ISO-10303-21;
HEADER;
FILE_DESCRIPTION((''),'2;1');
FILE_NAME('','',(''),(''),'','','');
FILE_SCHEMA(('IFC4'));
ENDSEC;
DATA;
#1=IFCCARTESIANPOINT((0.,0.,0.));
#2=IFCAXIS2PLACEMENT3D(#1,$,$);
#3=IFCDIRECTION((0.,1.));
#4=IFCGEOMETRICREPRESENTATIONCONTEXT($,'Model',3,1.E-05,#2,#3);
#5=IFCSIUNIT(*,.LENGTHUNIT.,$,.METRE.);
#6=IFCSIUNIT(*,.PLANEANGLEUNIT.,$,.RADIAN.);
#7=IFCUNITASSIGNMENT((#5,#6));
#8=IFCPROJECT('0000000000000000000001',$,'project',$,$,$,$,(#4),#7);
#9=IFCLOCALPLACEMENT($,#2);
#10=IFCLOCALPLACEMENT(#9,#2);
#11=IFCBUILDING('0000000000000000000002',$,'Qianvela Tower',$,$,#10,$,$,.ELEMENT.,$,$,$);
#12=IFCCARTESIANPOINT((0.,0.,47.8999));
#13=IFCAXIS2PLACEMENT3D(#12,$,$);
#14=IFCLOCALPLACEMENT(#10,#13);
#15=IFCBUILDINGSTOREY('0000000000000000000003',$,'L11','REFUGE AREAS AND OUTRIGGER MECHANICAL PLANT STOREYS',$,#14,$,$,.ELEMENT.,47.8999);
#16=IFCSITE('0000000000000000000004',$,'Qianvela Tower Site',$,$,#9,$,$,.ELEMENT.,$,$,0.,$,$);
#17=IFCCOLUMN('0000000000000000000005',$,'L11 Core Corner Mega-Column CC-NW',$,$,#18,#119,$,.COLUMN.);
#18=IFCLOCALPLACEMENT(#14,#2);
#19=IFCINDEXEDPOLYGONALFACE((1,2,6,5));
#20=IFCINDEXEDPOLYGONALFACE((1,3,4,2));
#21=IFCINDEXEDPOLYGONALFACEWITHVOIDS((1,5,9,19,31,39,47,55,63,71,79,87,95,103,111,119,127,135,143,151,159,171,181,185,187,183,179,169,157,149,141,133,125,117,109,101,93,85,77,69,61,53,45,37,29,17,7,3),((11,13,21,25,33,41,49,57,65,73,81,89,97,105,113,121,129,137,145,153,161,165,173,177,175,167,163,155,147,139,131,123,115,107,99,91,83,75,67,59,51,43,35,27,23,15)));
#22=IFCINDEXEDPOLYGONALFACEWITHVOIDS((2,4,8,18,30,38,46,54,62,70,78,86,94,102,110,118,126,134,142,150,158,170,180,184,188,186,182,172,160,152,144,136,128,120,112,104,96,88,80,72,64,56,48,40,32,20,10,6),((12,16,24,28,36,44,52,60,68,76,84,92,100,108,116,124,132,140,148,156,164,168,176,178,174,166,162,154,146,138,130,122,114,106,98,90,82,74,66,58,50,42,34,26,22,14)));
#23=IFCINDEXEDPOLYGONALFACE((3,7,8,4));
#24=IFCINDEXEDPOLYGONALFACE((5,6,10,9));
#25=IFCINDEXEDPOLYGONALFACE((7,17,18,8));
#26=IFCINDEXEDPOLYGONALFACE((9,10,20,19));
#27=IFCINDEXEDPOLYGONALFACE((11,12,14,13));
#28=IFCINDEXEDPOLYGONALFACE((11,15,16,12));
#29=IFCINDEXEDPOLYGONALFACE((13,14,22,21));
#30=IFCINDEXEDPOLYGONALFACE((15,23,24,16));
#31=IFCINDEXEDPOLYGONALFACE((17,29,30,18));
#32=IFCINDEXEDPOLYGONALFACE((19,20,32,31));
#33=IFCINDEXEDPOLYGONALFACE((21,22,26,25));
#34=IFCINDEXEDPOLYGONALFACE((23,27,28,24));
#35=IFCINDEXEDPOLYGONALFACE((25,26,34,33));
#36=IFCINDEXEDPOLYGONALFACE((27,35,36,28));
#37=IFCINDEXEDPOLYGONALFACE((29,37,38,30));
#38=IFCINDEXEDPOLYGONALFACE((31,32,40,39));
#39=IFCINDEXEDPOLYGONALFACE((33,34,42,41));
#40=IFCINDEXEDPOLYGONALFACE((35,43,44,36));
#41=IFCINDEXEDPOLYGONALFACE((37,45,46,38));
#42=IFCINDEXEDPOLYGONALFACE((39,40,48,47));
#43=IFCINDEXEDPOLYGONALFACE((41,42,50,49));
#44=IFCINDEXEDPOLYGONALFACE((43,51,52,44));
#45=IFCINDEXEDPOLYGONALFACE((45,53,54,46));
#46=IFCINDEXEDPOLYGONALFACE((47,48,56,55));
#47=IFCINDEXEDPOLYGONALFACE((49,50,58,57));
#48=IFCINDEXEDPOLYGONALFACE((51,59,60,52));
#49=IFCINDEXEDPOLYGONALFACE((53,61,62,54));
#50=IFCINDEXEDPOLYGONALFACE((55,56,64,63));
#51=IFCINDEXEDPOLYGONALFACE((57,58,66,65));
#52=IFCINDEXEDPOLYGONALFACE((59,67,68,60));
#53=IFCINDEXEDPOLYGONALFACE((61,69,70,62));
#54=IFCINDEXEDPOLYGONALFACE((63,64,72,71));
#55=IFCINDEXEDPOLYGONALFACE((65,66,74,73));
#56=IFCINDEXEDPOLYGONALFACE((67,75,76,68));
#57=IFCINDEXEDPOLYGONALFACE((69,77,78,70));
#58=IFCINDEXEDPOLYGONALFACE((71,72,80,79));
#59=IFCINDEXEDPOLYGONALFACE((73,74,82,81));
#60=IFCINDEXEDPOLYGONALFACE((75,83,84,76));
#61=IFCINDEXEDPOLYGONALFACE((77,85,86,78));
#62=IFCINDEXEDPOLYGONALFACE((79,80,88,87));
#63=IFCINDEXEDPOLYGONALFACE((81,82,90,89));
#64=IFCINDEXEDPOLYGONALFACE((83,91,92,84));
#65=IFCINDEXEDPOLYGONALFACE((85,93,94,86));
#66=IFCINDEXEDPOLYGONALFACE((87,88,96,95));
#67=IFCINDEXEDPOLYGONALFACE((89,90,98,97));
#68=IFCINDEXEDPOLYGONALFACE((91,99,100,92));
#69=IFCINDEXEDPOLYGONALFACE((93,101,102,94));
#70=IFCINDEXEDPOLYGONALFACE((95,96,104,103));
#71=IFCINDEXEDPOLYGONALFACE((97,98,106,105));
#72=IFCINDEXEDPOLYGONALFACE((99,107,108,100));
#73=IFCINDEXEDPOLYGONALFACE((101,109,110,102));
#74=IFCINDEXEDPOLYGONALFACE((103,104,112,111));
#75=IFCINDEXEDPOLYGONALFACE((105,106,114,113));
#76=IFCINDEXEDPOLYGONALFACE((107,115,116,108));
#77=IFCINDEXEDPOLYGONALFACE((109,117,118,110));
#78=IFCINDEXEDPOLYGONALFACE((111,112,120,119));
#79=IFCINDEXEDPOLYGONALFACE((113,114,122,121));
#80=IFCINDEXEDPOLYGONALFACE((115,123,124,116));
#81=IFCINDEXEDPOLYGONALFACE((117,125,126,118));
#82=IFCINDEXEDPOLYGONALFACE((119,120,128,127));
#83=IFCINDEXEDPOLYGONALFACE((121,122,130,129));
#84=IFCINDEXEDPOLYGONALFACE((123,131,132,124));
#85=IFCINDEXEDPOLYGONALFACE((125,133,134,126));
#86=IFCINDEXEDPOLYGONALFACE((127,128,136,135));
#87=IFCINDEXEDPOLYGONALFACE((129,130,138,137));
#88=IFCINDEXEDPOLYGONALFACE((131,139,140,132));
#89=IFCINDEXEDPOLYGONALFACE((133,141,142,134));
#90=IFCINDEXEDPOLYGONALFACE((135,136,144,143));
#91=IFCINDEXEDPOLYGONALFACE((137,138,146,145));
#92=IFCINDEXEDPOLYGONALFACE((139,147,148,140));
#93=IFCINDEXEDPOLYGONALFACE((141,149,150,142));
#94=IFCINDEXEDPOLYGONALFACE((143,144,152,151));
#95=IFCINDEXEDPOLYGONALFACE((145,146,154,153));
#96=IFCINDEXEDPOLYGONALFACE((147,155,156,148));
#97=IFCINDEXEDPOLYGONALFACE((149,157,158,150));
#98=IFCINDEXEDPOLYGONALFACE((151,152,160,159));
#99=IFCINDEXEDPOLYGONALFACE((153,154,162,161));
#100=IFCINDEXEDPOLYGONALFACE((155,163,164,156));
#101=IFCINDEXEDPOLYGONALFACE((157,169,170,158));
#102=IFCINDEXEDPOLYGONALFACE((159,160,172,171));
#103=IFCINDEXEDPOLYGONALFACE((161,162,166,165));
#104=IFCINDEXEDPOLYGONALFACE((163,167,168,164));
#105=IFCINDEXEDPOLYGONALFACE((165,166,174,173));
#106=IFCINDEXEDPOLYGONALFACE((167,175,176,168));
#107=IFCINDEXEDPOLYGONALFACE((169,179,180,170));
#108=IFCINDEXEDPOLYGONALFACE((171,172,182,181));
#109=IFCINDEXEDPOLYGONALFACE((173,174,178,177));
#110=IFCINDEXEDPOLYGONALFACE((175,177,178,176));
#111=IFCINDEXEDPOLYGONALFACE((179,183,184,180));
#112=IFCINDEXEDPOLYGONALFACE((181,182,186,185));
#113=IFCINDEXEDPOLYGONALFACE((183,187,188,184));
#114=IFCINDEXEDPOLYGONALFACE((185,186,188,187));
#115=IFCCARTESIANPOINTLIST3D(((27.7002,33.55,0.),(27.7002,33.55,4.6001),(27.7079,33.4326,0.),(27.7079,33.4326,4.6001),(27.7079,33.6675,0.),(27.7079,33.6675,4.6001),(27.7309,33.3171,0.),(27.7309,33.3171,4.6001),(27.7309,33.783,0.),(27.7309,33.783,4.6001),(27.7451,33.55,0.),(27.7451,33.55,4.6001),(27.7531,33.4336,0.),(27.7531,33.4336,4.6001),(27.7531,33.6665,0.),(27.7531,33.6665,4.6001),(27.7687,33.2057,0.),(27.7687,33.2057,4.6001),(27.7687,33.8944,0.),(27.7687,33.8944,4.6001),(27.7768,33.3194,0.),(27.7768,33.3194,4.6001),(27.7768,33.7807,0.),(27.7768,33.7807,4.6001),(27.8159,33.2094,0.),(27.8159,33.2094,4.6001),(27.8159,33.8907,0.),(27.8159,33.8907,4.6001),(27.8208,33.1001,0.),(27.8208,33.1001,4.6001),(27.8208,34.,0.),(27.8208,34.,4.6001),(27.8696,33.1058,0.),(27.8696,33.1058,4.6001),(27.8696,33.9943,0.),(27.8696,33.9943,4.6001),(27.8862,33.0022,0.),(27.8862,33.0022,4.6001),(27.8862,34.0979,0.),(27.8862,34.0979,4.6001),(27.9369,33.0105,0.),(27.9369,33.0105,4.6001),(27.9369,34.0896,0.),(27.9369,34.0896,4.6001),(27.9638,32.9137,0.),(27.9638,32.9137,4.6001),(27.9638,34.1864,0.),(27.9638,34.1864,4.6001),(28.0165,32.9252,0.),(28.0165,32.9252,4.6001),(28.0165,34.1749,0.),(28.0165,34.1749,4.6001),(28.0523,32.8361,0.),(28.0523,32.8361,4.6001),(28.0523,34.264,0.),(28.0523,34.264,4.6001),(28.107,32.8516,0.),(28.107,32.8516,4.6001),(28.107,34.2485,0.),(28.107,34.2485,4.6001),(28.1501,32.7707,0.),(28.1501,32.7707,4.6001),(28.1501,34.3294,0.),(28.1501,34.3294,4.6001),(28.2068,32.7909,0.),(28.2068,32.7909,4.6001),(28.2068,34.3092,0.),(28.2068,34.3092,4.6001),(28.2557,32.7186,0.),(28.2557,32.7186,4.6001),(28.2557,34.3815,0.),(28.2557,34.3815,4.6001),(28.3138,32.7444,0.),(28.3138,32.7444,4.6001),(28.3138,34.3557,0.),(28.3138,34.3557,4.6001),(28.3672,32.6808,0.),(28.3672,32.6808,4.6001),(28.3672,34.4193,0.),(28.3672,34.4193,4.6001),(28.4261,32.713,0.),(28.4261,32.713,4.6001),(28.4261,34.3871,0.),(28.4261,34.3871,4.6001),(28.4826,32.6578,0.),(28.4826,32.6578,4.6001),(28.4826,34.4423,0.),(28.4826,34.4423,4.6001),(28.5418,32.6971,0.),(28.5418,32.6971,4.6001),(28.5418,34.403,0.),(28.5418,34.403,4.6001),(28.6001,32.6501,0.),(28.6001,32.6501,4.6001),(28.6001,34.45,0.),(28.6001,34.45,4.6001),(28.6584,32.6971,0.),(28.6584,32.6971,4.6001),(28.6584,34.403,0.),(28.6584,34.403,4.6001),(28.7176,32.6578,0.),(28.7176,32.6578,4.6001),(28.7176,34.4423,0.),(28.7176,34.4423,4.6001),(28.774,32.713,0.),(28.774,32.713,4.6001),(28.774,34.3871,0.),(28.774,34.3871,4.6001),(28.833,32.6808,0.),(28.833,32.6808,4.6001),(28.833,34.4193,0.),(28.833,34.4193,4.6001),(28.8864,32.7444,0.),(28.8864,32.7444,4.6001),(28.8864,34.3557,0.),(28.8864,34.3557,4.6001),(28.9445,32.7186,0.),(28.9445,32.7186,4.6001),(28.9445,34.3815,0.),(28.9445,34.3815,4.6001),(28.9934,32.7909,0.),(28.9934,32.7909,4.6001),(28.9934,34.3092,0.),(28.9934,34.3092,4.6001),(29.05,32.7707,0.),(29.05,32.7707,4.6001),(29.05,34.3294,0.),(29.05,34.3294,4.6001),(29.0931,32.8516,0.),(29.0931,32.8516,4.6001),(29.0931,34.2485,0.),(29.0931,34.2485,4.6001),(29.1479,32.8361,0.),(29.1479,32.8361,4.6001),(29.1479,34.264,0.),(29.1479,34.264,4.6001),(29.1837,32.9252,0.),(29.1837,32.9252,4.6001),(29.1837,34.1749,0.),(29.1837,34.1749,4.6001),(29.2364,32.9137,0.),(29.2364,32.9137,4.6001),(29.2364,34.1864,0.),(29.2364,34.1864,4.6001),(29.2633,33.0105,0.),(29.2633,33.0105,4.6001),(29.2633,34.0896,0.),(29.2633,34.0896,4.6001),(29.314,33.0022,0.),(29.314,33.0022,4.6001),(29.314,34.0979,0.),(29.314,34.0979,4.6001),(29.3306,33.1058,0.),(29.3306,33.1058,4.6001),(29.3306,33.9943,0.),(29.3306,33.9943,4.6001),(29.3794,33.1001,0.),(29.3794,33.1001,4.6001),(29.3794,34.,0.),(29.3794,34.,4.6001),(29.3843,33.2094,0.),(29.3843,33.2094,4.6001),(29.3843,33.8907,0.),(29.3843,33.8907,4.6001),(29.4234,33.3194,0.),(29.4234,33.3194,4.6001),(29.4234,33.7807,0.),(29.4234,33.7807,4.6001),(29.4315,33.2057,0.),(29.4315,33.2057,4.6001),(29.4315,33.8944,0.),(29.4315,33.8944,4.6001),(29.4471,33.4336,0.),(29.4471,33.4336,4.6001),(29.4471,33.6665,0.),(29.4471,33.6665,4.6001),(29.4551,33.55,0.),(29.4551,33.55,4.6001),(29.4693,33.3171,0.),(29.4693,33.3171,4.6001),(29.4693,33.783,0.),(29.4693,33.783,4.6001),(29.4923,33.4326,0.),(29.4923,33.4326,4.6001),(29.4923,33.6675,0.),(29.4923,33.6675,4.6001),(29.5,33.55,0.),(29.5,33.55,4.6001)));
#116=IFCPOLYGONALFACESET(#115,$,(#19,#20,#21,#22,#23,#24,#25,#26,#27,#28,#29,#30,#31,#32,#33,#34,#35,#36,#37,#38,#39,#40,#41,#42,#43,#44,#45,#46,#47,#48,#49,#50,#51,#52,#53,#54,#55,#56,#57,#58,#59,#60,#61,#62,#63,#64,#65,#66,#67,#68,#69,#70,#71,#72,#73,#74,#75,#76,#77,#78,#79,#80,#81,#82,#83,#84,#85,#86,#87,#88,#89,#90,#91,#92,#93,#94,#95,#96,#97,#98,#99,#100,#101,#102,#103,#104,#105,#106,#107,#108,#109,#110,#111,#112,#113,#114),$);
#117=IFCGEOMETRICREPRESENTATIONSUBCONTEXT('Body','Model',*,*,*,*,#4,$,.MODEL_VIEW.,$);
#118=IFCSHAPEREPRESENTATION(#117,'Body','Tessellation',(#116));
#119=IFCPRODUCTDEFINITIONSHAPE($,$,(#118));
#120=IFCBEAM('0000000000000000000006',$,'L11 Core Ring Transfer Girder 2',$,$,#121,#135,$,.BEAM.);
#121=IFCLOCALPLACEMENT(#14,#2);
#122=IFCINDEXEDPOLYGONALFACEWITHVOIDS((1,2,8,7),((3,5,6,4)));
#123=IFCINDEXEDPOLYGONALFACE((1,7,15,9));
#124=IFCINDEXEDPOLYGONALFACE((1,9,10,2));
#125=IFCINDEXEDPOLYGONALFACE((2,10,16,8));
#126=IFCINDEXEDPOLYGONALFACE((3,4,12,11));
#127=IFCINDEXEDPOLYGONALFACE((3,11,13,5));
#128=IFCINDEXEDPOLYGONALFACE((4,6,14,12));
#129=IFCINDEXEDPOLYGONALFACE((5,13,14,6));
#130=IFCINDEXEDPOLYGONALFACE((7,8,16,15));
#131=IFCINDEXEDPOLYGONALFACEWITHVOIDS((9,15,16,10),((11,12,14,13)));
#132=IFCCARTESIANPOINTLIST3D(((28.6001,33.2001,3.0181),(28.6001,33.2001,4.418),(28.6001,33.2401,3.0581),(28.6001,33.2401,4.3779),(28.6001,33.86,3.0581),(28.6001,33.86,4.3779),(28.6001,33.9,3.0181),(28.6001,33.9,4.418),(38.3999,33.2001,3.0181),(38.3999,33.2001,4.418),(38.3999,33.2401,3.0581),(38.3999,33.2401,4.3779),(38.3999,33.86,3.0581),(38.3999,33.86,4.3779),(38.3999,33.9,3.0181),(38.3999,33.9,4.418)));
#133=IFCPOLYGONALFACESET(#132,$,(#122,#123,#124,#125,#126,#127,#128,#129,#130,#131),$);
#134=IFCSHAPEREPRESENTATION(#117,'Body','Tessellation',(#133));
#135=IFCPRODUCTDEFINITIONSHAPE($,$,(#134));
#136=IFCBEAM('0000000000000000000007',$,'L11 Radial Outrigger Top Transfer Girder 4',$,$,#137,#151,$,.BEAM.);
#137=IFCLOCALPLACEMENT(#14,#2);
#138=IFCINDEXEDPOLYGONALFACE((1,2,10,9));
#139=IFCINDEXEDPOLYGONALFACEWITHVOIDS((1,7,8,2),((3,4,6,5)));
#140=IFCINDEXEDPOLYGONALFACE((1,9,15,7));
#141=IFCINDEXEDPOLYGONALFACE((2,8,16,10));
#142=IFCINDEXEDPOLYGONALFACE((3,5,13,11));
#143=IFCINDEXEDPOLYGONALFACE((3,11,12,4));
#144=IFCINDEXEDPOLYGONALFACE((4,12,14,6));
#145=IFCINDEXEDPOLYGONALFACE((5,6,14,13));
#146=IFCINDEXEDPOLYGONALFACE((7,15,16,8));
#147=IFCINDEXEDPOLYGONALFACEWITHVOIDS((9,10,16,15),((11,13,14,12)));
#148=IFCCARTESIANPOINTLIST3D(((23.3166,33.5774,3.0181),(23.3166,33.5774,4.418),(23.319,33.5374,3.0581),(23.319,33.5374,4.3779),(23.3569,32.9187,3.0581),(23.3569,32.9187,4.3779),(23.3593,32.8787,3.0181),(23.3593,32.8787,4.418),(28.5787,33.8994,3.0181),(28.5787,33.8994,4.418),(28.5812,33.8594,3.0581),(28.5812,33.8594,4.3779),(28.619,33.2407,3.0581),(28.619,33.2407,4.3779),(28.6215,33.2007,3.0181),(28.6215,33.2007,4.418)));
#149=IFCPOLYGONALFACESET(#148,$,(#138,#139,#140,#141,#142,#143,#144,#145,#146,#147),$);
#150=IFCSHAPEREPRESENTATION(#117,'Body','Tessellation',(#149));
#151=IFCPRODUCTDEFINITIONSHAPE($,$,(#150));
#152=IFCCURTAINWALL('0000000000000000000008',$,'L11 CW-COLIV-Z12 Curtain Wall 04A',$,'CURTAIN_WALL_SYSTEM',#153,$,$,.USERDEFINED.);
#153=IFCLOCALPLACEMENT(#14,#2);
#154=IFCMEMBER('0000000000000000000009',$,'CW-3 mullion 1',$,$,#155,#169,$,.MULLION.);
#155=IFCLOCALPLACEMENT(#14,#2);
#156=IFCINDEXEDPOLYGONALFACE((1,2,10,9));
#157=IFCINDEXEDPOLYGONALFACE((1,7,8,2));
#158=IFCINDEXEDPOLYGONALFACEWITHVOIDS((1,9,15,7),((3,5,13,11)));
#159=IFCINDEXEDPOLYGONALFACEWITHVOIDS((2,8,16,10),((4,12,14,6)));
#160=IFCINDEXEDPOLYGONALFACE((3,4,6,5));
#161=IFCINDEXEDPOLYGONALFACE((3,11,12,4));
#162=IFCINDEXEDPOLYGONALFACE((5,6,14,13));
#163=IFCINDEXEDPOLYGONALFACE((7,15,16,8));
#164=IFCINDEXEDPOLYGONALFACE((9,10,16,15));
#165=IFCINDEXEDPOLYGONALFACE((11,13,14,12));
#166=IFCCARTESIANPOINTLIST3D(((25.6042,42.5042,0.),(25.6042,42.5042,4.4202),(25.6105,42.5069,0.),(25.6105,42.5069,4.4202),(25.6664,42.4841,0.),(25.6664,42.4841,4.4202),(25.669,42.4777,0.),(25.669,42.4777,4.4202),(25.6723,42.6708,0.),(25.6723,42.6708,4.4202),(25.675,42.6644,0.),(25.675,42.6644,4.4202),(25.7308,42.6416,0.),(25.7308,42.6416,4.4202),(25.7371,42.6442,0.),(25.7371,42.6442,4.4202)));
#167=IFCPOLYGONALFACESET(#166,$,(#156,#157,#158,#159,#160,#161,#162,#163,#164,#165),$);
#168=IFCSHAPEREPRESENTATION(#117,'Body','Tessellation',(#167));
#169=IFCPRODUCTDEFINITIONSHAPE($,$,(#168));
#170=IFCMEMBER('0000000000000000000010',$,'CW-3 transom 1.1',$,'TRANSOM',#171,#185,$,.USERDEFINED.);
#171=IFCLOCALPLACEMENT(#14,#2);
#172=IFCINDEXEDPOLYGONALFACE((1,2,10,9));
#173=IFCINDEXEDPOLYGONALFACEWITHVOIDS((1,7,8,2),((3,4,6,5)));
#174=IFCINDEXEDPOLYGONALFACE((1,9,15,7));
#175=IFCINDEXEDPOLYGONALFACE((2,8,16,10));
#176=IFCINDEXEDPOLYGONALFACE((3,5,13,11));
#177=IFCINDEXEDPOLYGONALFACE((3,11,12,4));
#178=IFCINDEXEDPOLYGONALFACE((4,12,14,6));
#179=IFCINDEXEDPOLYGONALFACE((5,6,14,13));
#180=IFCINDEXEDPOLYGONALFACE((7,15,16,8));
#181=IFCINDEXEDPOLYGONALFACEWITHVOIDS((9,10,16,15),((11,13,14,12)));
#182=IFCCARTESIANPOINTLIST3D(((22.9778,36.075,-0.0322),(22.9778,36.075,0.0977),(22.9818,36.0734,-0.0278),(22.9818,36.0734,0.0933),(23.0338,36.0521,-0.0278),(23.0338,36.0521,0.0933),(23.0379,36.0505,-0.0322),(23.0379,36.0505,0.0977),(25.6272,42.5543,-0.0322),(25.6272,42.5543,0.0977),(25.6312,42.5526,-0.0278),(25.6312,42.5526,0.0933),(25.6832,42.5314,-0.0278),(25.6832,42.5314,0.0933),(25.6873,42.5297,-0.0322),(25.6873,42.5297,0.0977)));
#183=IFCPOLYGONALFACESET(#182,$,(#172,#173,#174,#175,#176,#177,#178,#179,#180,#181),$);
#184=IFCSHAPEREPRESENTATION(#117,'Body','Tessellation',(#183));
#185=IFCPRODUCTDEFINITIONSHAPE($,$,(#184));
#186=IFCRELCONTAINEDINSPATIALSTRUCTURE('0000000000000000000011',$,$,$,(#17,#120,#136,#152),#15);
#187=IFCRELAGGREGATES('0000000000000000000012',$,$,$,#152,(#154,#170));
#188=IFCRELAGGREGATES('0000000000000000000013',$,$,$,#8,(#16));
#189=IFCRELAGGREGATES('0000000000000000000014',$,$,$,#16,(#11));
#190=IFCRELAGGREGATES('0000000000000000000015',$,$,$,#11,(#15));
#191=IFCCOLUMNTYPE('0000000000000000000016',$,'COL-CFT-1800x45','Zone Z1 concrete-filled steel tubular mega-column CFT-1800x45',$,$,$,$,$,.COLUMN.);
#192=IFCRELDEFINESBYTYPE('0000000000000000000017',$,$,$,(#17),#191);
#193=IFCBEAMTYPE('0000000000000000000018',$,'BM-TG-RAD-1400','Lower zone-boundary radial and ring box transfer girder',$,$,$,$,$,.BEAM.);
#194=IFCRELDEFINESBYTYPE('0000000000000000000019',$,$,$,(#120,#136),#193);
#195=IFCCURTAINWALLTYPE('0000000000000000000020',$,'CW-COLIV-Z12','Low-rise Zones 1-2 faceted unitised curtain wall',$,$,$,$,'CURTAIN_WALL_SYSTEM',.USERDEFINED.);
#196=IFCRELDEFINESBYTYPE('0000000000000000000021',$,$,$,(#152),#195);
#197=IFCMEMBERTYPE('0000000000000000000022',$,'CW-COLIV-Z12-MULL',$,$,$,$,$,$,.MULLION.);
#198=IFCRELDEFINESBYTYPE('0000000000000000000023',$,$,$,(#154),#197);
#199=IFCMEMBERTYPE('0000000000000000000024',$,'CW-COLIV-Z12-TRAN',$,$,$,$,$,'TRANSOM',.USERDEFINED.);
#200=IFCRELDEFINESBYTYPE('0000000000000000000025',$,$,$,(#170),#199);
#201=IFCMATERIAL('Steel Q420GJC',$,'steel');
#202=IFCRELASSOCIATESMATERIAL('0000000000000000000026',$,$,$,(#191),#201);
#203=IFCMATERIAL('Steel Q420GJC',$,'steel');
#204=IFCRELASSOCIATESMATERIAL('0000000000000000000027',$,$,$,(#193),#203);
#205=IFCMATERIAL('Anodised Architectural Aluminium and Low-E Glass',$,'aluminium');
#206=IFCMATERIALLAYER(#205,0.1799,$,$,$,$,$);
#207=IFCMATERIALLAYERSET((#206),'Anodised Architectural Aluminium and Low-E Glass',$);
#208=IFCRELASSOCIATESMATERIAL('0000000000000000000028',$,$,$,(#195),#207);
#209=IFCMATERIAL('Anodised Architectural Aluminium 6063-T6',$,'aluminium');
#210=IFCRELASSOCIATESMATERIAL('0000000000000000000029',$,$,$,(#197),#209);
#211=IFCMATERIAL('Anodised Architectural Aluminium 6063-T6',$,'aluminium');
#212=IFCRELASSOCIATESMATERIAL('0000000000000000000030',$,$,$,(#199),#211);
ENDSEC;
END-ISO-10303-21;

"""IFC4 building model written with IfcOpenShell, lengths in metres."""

from ifc_helpers import new_model, si_unit, direction, frame, origin, origin_2d, place, context, subcontext, project, spatial, hollow_rectangle, hollow_circle, extrude, material, layer, layer_set, material_profile, profile_set, type_object, element, aggregate, save


model = new_model("IFC4")

# Units and contexts
model_context = context("Model", 3, precision=1e-05, world=origin(), true_north=direction((0.0, 1.0)))
body_context = subcontext(model_context, "Body", "Model", "MODEL_VIEW")
ifc_project = project(units=[si_unit("LENGTHUNIT", "METRE"), si_unit("PLANEANGLEUNIT", "RADIAN")], contexts=[model_context])

# Site, building, storey
site_placement = place(None, origin())
site = spatial("IfcSite", under=ifc_project, at=site_placement, Name="Qianvela Tower Site", CompositionType="ELEMENT", RefElevation=0.0)
building_placement = place(site_placement, origin())
building = spatial("IfcBuilding", under=site, at=building_placement, Name="Qianvela Tower", CompositionType="ELEMENT")
storey_placement = place(building_placement, frame((0.0, 0.0, 47.8999)))
storey = spatial("IfcBuildingStorey", under=building, at=storey_placement, Name="L11", Description="REFUGE AREAS AND OUTRIGGER MECHANICAL PLANT STOREYS", CompositionType="ELEMENT", Elevation=47.8999)

# Column
ifc_material_1 = material(Name="Steel Q420GJC", Category="steel")
ifc_material_profile_1 = material_profile(ifc_material_1, hollow_circle(Radius=0.8999, WallThickness=0.0449, at=origin_2d()), Name="CFT-1800x45")
ifc_profile_set_1 = profile_set([ifc_material_profile_1], Name="Steel Q420GJC")
column_type = type_object("IfcColumnType", Name="COL-CFT-1800x45", Description="Zone Z1 concrete-filled steel tubular mega-column CFT-1800x45", PredefinedType="COLUMN", material=ifc_profile_set_1)
column_placement = place(storey_placement, frame((28.6001, 33.55, 0.0), z_axis=(0.0, 0.0, 1.0), x_axis=(1.0, 0.0, 0.0)))
element("IfcColumn", 1, at=column_placement, inside=storey, type_object=column_type, Name="L11 Core Corner Mega-Column CC-NW", PredefinedType="COLUMN", context=body_context, shape_type="SweptSolid", body=[
    extrude(hollow_circle(Radius=0.8999, WallThickness=0.0449, at=origin_2d()), origin(), (0.0, 0.0, 1.0), 4.6001),
])

# Beams
ifc_material_2 = material(Name="Steel Q420GJC", Category="steel")
ifc_material_profile_2 = material_profile(ifc_material_2, hollow_rectangle(XDim=0.7, YDim=1.3999, WallThickness=0.04, at=origin_2d()), Name="TG-BOX-1400x700x40")
ifc_profile_set_2 = profile_set([ifc_material_profile_2], Name="Steel Q420GJC")
beam_type = type_object("IfcBeamType", Name="BM-TG-RAD-1400", Description="Lower zone-boundary radial and ring box transfer girder", PredefinedType="BEAM", material=ifc_profile_set_2)
beam_1_placement = place(storey_placement, frame((28.6001, 33.55, 3.718), z_axis=(1.0, 0.0, 0.0), x_axis=(0.0, 1.0, 0.0)))
element("IfcBeam", 2, at=beam_1_placement, inside=storey, type_object=beam_type, Name="L11 Core Ring Transfer Girder 2", PredefinedType="BEAM", context=body_context, shape_type="SweptSolid", body=[
    extrude(hollow_rectangle(XDim=0.7, YDim=1.3999, WallThickness=0.04, at=origin_2d()), origin(), (0.0, 0.0, 1.0), 9.7998),
])
beam_2_placement = place(storey_placement, frame((28.6001, 33.55, 3.718), z_axis=(-0.998133, -0.061081, 0.0), x_axis=(0.061081, -0.998133, 0.0)))
element("IfcBeam", 3, at=beam_2_placement, inside=storey, type_object=beam_type, Name="L11 Radial Outrigger Top Transfer Girder 4", PredefinedType="BEAM", context=body_context, shape_type="SweptSolid", body=[
    extrude(hollow_rectangle(XDim=0.7, YDim=1.3999, WallThickness=0.04, at=origin_2d()), origin(), (0.0, 0.0, 1.0), 5.272),
])

# Curtain wall, members
ifc_material_3 = material(Name="Anodised Architectural Aluminium and Low-E Glass", Category="aluminium")
ifc_layer_1 = layer(ifc_material_3, 0.1799)
ifc_layer_set_1 = layer_set([ifc_layer_1], Name="Anodised Architectural Aluminium and Low-E Glass")
curtain_wall_type = type_object("IfcCurtainWallType", Name="CW-COLIV-Z12", Description="Low-rise Zones 1-2 faceted unitised curtain wall", ElementType="CURTAIN_WALL_SYSTEM", PredefinedType="USERDEFINED", material=ifc_layer_set_1)
curtain_wall_placement = place(storey_placement, origin())
curtain_wall = element("IfcCurtainWall", 4, at=curtain_wall_placement, inside=storey, type_object=curtain_wall_type, Name="L11 CW-COLIV-Z12 Curtain Wall 04A", ObjectType="CURTAIN_WALL_SYSTEM", PredefinedType="USERDEFINED")
ifc_material_4 = material(Name="Anodised Architectural Aluminium 6063-T6", Category="aluminium")
ifc_material_profile_3 = material_profile(ifc_material_4, hollow_rectangle(XDim=0.0701, YDim=0.1799, WallThickness=0.0049, at=origin_2d()), Name="ALU-MULL-70x180")
ifc_profile_set_3 = profile_set([ifc_material_profile_3], Name="Anodised Architectural Aluminium 6063-T6")
member_type_1 = type_object("IfcMemberType", Name="CW-COLIV-Z12-MULL", PredefinedType="MULLION", material=ifc_profile_set_3)
member_1_placement = place(storey_placement, frame((25.6707, 42.5742, 0.0), z_axis=(0.0, 0.0, 1.0), x_axis=(0.925601, -0.378501, 0.0)))
member_1 = element("IfcMember", 5, at=member_1_placement, type_object=member_type_1, Name="CW-3 mullion 1", PredefinedType="MULLION", context=body_context, shape_type="SweptSolid", body=[
    extrude(hollow_rectangle(XDim=0.0701, YDim=0.1799, WallThickness=0.0049, at=origin_2d()), origin(), (0.0, 0.0, 1.0), 4.4202),
])
ifc_material_5 = material(Name="Anodised Architectural Aluminium 6063-T6", Category="aluminium")
ifc_material_profile_4 = material_profile(ifc_material_5, hollow_rectangle(XDim=0.0649, YDim=0.1299, WallThickness=0.0044, at=origin_2d()), Name="ALU-TRAN-65x130")
ifc_profile_set_4 = profile_set([ifc_material_profile_4], Name="Anodised Architectural Aluminium 6063-T6")
member_type_2 = type_object("IfcMemberType", Name="CW-COLIV-Z12-TRAN", ElementType="TRANSOM", PredefinedType="USERDEFINED", material=ifc_profile_set_4)
member_2_placement = place(storey_placement, frame((25.6572, 42.542, 0.0327), z_axis=(-0.378488, -0.925606, 0.0), x_axis=(0.925606, -0.378488, 0.0)))
member_2 = element("IfcMember", 6, at=member_2_placement, type_object=member_type_2, Name="CW-3 transom 1.1", ObjectType="TRANSOM", PredefinedType="USERDEFINED", context=body_context, shape_type="SweptSolid", body=[
    extrude(hollow_rectangle(XDim=0.0649, YDim=0.1299, WallThickness=0.0044, at=origin_2d()), origin(), (0.0, 0.0, 1.0), 7.0),
])
aggregate(curtain_wall, [member_1, member_2])

save(model, "model.ifc")
